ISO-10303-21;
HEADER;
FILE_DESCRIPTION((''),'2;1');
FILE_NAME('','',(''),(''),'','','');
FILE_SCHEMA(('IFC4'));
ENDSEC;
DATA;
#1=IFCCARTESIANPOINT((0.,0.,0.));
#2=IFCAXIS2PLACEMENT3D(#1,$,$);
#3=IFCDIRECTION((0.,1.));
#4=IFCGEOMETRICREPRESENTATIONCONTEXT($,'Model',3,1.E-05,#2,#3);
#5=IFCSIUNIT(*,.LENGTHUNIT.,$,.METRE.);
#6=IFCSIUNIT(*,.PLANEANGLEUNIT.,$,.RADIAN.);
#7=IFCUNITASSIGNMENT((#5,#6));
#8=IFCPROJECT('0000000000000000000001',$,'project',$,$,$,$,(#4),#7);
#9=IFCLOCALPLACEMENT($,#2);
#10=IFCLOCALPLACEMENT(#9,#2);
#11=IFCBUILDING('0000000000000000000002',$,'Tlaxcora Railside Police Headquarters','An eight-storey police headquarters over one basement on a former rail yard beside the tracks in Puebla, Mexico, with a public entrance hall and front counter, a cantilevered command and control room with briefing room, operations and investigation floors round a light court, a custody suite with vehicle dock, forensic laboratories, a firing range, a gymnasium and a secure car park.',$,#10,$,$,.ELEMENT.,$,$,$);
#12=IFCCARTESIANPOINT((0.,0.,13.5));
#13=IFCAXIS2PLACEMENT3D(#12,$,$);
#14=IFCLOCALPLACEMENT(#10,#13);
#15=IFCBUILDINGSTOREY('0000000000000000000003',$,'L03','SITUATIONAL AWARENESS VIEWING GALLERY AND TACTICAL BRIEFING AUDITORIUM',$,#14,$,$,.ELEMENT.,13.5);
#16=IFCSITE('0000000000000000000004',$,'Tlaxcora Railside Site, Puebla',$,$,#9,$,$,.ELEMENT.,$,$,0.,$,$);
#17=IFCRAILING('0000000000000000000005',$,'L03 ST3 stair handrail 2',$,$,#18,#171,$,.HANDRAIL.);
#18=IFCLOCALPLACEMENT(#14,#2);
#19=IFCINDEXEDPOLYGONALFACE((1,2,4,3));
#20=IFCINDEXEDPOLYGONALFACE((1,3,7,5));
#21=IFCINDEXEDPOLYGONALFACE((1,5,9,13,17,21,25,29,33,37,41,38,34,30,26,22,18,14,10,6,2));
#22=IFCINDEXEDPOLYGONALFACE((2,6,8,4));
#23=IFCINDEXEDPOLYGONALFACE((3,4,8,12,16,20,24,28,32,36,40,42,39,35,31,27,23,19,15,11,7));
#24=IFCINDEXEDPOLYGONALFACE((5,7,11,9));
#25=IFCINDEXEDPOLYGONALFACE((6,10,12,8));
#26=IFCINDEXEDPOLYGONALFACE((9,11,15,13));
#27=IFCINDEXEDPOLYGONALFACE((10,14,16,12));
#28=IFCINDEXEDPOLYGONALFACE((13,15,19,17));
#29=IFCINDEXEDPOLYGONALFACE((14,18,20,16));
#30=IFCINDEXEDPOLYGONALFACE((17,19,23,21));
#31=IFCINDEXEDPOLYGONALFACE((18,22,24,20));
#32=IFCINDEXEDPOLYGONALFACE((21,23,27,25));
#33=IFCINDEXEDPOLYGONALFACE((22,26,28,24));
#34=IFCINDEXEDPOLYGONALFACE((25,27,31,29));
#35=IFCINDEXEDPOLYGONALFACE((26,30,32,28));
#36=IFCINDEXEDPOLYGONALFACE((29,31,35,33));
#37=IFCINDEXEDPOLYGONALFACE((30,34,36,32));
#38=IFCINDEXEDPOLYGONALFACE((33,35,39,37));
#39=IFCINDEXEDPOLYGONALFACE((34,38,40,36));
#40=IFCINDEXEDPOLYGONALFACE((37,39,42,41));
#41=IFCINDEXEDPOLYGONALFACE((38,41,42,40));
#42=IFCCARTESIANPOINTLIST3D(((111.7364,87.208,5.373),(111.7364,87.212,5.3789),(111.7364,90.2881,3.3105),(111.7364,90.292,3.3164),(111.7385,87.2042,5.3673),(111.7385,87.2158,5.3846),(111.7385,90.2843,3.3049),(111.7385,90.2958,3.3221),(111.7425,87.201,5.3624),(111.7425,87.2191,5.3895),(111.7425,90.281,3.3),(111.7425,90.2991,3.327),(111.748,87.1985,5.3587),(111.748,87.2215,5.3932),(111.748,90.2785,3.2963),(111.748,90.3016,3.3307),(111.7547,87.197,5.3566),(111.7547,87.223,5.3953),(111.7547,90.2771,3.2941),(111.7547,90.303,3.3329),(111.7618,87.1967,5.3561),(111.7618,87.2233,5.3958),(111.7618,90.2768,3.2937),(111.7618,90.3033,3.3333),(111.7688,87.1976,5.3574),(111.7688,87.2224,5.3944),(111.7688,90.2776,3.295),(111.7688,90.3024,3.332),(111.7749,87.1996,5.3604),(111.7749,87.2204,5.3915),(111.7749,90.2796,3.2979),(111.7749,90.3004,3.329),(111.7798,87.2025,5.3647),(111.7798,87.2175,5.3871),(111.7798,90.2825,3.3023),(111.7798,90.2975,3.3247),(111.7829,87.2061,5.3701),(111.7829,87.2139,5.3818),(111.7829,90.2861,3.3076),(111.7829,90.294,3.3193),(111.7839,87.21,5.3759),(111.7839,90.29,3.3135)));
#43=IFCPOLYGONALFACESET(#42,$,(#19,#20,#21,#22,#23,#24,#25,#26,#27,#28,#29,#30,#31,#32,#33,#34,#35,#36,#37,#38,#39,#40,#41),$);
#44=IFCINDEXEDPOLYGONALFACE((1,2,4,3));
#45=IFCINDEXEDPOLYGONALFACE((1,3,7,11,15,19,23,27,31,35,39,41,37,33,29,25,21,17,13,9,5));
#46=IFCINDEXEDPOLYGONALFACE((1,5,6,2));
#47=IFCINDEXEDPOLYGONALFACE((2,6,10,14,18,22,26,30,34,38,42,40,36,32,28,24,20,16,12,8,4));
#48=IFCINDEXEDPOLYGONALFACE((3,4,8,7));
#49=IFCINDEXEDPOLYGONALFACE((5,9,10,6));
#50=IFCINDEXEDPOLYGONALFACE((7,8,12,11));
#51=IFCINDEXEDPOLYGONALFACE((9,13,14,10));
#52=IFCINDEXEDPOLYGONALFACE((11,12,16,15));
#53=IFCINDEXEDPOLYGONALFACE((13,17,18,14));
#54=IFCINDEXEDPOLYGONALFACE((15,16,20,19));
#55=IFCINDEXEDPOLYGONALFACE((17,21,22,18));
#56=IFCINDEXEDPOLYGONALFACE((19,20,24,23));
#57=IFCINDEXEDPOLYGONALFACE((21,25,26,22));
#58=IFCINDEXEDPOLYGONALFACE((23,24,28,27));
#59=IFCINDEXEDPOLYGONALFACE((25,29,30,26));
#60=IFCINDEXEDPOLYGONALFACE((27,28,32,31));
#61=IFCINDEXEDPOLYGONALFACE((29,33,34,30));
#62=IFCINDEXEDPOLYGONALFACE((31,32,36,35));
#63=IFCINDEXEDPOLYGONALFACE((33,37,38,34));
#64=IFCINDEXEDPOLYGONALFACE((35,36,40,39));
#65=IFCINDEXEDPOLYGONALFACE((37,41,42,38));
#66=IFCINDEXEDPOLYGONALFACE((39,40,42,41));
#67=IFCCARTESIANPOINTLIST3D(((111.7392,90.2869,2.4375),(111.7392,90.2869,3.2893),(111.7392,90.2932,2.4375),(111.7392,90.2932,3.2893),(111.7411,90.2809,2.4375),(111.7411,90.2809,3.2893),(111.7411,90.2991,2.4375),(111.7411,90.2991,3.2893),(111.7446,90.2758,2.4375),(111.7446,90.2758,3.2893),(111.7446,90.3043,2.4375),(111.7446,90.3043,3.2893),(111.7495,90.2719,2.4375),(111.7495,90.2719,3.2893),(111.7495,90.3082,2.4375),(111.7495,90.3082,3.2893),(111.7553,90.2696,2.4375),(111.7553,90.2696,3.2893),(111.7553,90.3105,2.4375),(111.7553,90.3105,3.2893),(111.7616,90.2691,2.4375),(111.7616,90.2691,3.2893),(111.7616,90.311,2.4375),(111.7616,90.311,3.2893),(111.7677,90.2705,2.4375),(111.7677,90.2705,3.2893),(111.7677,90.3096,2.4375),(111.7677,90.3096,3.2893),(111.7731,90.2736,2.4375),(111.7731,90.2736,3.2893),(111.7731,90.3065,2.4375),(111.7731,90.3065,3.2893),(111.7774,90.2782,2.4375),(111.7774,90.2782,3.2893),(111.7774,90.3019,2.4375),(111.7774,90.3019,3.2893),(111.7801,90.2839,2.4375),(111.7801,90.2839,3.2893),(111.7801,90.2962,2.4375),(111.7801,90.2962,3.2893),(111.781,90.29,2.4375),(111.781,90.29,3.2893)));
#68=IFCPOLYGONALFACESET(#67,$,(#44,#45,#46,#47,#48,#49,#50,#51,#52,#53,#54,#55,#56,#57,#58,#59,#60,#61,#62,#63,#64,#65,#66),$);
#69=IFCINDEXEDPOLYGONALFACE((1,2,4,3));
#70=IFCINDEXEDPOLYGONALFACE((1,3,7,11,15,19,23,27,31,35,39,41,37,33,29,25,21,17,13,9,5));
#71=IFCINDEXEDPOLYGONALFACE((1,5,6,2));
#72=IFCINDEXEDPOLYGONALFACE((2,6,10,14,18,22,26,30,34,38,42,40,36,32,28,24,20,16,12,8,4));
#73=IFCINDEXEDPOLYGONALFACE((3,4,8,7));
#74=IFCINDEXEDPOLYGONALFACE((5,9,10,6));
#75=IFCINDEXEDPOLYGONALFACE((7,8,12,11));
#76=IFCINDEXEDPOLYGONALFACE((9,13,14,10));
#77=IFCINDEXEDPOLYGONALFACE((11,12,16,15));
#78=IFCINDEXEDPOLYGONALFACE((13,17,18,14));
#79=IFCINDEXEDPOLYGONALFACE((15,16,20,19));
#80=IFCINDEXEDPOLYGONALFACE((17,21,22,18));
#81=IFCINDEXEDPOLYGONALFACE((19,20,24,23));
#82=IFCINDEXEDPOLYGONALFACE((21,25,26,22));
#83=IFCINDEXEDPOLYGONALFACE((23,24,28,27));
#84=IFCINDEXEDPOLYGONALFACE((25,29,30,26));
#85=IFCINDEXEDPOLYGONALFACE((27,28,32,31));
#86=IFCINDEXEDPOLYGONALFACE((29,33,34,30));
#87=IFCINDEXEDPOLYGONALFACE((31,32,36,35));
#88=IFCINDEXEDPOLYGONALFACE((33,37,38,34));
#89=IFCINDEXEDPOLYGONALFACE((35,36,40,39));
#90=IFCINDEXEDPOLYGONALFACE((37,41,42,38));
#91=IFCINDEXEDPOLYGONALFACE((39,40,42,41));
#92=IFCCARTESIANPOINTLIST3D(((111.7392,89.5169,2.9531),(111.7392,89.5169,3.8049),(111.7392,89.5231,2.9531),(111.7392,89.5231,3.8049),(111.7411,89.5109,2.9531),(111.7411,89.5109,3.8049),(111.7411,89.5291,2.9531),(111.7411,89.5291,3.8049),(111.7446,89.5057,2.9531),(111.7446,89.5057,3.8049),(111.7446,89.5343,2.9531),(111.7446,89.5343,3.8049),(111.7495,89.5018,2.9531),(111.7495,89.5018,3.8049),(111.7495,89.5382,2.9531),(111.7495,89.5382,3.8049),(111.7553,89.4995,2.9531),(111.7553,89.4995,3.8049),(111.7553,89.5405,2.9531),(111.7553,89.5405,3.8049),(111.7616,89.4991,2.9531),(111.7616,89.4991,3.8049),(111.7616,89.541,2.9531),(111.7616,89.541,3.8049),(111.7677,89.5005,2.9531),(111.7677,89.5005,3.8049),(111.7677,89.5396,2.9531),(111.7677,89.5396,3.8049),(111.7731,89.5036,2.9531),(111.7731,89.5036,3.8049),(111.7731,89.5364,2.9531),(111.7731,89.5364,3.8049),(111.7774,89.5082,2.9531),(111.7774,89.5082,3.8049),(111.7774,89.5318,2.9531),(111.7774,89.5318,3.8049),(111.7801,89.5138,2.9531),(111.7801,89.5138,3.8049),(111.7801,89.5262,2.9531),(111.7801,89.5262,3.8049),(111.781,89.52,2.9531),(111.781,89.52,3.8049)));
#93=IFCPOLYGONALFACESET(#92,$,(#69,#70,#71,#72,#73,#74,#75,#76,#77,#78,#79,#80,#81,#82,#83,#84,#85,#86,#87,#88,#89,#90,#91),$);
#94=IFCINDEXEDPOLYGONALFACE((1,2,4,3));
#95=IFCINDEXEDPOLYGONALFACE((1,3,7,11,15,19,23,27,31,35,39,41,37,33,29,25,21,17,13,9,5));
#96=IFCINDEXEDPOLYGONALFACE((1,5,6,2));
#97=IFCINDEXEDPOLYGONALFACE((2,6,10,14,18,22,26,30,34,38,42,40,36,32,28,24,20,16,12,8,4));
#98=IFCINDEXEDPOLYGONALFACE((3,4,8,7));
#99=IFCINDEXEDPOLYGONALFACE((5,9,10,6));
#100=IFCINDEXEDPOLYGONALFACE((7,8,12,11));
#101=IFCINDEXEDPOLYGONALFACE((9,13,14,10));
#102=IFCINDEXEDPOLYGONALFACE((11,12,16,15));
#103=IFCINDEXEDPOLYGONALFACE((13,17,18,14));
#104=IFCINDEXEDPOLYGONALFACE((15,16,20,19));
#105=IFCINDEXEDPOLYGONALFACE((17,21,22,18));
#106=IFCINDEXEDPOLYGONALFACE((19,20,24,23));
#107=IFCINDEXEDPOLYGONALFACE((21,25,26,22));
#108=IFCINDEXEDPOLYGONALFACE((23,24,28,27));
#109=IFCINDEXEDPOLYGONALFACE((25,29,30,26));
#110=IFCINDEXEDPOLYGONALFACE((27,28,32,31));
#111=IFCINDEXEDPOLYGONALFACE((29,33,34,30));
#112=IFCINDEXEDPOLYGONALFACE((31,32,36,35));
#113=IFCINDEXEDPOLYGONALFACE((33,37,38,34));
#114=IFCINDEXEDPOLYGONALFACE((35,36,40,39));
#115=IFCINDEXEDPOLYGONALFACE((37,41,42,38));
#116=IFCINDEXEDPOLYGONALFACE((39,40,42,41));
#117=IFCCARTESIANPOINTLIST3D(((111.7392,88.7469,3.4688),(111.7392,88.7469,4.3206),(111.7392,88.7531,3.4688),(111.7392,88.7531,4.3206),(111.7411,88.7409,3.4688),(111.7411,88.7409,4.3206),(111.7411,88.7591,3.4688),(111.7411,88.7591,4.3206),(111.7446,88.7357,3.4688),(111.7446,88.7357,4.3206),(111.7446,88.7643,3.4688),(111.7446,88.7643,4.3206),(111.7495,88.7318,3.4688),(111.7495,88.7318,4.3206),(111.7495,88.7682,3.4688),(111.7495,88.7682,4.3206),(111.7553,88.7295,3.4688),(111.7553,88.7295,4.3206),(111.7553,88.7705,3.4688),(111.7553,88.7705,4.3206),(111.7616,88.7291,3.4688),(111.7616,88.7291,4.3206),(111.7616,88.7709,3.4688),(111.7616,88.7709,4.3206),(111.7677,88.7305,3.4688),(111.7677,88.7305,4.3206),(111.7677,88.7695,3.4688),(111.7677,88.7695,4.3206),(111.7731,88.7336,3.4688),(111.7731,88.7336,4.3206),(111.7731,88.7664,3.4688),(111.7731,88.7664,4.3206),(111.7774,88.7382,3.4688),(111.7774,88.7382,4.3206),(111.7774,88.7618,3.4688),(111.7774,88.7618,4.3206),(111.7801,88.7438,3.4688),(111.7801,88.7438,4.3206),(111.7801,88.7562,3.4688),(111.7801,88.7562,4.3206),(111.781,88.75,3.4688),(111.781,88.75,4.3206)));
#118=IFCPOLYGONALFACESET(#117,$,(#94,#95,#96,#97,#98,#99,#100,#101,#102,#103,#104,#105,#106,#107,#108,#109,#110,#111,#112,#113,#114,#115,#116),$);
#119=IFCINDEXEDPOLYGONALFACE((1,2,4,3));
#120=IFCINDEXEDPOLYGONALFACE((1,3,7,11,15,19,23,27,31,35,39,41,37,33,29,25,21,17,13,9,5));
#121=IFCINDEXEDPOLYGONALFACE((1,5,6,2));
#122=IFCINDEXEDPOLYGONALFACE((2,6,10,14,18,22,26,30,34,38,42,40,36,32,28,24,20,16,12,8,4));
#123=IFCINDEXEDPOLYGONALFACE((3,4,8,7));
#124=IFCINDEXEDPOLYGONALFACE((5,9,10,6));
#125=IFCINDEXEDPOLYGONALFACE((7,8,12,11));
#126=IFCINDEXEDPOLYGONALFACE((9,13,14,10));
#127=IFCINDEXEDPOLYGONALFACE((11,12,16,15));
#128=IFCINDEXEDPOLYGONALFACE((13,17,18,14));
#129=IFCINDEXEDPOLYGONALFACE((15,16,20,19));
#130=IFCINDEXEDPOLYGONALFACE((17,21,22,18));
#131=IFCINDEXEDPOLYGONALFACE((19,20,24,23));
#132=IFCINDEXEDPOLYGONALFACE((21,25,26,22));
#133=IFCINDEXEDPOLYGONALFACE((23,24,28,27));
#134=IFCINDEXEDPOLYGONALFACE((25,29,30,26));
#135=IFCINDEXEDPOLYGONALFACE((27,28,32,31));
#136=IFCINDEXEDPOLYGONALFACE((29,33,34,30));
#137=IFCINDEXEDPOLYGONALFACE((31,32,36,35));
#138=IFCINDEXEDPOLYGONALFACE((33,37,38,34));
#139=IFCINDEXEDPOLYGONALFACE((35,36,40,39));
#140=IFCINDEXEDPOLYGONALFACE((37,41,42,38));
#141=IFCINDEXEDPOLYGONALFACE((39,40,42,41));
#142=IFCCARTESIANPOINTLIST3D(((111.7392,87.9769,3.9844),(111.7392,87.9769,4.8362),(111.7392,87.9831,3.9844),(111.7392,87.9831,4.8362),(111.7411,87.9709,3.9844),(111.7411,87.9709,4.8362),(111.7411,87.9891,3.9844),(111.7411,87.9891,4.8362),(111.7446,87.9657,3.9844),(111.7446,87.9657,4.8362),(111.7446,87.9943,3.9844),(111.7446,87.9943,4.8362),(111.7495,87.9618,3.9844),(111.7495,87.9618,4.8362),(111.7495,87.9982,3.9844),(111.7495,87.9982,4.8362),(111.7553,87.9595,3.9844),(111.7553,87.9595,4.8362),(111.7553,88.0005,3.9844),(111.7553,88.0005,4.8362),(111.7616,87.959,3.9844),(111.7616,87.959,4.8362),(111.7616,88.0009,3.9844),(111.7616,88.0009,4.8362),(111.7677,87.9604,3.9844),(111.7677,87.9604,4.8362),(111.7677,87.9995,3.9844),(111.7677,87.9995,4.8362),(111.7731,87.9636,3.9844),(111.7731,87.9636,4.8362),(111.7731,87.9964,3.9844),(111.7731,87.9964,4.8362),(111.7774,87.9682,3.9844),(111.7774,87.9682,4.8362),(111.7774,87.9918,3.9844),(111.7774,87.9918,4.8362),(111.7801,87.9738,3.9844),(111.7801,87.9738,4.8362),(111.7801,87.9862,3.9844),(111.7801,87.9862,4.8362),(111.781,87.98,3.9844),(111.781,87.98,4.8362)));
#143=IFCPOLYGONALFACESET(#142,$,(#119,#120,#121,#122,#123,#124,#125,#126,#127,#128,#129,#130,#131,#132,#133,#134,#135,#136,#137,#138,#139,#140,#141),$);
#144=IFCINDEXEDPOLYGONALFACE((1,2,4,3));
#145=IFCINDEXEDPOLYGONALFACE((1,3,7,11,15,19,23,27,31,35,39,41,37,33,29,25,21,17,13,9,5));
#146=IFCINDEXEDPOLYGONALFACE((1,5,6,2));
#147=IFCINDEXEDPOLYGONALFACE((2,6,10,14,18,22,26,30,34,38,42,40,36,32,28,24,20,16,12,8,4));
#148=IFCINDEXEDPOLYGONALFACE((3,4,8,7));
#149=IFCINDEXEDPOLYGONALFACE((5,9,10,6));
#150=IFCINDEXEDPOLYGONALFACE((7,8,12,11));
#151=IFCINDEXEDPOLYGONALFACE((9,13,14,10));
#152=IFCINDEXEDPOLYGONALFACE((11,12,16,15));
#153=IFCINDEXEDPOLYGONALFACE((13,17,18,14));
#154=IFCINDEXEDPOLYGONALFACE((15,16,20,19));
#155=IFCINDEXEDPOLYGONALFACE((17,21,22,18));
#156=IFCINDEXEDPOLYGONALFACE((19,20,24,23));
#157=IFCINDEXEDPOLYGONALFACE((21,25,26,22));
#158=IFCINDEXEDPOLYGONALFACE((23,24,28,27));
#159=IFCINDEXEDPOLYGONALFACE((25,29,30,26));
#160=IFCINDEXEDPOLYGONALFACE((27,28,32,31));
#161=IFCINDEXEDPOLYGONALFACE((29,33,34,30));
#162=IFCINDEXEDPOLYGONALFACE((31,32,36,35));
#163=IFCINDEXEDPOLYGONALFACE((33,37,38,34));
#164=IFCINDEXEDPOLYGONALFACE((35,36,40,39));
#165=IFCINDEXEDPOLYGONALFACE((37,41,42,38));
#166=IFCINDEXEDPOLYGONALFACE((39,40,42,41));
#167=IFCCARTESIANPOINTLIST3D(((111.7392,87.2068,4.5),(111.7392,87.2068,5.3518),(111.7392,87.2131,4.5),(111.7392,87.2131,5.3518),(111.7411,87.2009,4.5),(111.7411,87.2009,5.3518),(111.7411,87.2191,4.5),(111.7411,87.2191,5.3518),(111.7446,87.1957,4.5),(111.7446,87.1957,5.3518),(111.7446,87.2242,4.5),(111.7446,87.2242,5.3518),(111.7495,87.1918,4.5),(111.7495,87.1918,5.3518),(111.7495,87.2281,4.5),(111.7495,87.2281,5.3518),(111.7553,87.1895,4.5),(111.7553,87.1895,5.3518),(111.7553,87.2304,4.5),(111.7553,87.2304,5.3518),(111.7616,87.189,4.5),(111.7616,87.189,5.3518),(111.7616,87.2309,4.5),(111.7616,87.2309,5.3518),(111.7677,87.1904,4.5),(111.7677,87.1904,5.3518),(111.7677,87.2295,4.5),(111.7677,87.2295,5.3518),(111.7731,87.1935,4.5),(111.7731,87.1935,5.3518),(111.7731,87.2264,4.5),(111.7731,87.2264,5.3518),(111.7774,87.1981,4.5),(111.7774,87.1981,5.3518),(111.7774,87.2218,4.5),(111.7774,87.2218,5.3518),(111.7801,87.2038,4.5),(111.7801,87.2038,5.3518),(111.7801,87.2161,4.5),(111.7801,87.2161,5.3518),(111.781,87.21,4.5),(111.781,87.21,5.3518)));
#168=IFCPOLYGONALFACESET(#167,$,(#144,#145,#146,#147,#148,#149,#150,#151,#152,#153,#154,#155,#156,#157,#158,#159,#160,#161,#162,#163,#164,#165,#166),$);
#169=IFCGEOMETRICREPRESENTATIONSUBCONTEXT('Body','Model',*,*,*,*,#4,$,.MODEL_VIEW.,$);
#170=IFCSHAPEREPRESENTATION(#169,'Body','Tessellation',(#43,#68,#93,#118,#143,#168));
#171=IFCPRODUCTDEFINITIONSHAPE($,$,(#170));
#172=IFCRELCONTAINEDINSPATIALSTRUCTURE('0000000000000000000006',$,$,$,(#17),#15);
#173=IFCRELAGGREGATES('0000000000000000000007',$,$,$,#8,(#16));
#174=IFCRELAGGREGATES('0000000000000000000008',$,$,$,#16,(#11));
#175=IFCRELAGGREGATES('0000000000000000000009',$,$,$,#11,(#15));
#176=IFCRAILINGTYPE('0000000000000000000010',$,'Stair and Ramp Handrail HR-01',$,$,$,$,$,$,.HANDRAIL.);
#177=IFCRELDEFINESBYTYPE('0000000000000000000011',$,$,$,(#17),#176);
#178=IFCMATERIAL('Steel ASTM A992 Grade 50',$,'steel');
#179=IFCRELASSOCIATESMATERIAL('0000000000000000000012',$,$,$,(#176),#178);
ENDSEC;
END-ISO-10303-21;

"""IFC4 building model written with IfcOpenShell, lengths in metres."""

from ifc_helpers import new_model, si_unit, direction, frame, origin, origin_2d, place, context, subcontext, project, spatial, circle, extrude, material, type_object, element, save


model = new_model("IFC4")

# Units and contexts
model_context = context("Model", 3, precision=1e-05, world=origin(), true_north=direction((0.0, 1.0)))
body_context = subcontext(model_context, "Body", "Model", "MODEL_VIEW")
ifc_project = project(units=[si_unit("LENGTHUNIT", "METRE"), si_unit("PLANEANGLEUNIT", "RADIAN")], contexts=[model_context])

# Site, building, storey
site_placement = place(None, origin())
site = spatial("IfcSite", under=ifc_project, at=site_placement, Name="Tlaxcora Railside Site, Puebla", CompositionType="ELEMENT", RefElevation=0.0)
building_placement = place(site_placement, origin())
building = spatial("IfcBuilding", under=site, at=building_placement, Name="Tlaxcora Railside Police Headquarters", Description="An eight-storey police headquarters over one basement on a former rail yard beside the tracks in Puebla, Mexico, with a public entrance hall and front counter, a cantilevered command and control room with briefing room, operations and investigation floors round a light court, a custody suite with vehicle dock, forensic laboratories, a firing range, a gymnasium and a secure car park.", CompositionType="ELEMENT")
storey_placement = place(building_placement, frame((0.0, 0.0, 13.5)))
storey = spatial("IfcBuildingStorey", under=building, at=storey_placement, Name="L03", Description="SITUATIONAL AWARENESS VIEWING GALLERY AND TACTICAL BRIEFING AUDITORIUM", CompositionType="ELEMENT", Elevation=13.5)

# Shared definitions
ifc_material_1 = material(Name="Steel ASTM A992 Grade 50", Category="steel")

# Railing
railing_type_1 = type_object("IfcRailingType", Name="Stair and Ramp Handrail HR-01", PredefinedType="HANDRAIL", material=ifc_material_1)
railing_1_placement = place(storey_placement, frame((111.76, 90.29, 2.4375)))
element("IfcRailing", 1, at=railing_1_placement, inside=storey, type_object=railing_type_1, Name="L03 ST3 stair handrail 2", PredefinedType="HANDRAIL", context=body_context, shape_type="SweptSolid", body=[
    extrude(circle(Radius=0.0239, at=origin_2d()), frame((0.0, 0.0, 0.876), z_axis=(0.0, -0.830914, 0.556401), x_axis=(1.0, 0.0, 0.0)), (0.0, 0.0, 1.0), 3.7068),
    extrude(circle(Radius=0.021, at=origin_2d()), origin(), (0.0, 0.0, 1.0), 0.8518),
    extrude(circle(Radius=0.021, at=origin_2d()), frame((0.0, -0.77, 0.5156)), (0.0, 0.0, 1.0), 0.8518),
    extrude(circle(Radius=0.021, at=origin_2d()), frame((0.0, -1.54, 1.0312)), (0.0, 0.0, 1.0), 0.8518),
    extrude(circle(Radius=0.021, at=origin_2d()), frame((0.0, -2.3101, 1.5469)), (0.0, 0.0, 1.0), 0.8518),
    extrude(circle(Radius=0.021, at=origin_2d()), frame((0.0, -3.0801, 2.0625)), (0.0, 0.0, 1.0), 0.8518),
])

save(model, "model.ifc")
